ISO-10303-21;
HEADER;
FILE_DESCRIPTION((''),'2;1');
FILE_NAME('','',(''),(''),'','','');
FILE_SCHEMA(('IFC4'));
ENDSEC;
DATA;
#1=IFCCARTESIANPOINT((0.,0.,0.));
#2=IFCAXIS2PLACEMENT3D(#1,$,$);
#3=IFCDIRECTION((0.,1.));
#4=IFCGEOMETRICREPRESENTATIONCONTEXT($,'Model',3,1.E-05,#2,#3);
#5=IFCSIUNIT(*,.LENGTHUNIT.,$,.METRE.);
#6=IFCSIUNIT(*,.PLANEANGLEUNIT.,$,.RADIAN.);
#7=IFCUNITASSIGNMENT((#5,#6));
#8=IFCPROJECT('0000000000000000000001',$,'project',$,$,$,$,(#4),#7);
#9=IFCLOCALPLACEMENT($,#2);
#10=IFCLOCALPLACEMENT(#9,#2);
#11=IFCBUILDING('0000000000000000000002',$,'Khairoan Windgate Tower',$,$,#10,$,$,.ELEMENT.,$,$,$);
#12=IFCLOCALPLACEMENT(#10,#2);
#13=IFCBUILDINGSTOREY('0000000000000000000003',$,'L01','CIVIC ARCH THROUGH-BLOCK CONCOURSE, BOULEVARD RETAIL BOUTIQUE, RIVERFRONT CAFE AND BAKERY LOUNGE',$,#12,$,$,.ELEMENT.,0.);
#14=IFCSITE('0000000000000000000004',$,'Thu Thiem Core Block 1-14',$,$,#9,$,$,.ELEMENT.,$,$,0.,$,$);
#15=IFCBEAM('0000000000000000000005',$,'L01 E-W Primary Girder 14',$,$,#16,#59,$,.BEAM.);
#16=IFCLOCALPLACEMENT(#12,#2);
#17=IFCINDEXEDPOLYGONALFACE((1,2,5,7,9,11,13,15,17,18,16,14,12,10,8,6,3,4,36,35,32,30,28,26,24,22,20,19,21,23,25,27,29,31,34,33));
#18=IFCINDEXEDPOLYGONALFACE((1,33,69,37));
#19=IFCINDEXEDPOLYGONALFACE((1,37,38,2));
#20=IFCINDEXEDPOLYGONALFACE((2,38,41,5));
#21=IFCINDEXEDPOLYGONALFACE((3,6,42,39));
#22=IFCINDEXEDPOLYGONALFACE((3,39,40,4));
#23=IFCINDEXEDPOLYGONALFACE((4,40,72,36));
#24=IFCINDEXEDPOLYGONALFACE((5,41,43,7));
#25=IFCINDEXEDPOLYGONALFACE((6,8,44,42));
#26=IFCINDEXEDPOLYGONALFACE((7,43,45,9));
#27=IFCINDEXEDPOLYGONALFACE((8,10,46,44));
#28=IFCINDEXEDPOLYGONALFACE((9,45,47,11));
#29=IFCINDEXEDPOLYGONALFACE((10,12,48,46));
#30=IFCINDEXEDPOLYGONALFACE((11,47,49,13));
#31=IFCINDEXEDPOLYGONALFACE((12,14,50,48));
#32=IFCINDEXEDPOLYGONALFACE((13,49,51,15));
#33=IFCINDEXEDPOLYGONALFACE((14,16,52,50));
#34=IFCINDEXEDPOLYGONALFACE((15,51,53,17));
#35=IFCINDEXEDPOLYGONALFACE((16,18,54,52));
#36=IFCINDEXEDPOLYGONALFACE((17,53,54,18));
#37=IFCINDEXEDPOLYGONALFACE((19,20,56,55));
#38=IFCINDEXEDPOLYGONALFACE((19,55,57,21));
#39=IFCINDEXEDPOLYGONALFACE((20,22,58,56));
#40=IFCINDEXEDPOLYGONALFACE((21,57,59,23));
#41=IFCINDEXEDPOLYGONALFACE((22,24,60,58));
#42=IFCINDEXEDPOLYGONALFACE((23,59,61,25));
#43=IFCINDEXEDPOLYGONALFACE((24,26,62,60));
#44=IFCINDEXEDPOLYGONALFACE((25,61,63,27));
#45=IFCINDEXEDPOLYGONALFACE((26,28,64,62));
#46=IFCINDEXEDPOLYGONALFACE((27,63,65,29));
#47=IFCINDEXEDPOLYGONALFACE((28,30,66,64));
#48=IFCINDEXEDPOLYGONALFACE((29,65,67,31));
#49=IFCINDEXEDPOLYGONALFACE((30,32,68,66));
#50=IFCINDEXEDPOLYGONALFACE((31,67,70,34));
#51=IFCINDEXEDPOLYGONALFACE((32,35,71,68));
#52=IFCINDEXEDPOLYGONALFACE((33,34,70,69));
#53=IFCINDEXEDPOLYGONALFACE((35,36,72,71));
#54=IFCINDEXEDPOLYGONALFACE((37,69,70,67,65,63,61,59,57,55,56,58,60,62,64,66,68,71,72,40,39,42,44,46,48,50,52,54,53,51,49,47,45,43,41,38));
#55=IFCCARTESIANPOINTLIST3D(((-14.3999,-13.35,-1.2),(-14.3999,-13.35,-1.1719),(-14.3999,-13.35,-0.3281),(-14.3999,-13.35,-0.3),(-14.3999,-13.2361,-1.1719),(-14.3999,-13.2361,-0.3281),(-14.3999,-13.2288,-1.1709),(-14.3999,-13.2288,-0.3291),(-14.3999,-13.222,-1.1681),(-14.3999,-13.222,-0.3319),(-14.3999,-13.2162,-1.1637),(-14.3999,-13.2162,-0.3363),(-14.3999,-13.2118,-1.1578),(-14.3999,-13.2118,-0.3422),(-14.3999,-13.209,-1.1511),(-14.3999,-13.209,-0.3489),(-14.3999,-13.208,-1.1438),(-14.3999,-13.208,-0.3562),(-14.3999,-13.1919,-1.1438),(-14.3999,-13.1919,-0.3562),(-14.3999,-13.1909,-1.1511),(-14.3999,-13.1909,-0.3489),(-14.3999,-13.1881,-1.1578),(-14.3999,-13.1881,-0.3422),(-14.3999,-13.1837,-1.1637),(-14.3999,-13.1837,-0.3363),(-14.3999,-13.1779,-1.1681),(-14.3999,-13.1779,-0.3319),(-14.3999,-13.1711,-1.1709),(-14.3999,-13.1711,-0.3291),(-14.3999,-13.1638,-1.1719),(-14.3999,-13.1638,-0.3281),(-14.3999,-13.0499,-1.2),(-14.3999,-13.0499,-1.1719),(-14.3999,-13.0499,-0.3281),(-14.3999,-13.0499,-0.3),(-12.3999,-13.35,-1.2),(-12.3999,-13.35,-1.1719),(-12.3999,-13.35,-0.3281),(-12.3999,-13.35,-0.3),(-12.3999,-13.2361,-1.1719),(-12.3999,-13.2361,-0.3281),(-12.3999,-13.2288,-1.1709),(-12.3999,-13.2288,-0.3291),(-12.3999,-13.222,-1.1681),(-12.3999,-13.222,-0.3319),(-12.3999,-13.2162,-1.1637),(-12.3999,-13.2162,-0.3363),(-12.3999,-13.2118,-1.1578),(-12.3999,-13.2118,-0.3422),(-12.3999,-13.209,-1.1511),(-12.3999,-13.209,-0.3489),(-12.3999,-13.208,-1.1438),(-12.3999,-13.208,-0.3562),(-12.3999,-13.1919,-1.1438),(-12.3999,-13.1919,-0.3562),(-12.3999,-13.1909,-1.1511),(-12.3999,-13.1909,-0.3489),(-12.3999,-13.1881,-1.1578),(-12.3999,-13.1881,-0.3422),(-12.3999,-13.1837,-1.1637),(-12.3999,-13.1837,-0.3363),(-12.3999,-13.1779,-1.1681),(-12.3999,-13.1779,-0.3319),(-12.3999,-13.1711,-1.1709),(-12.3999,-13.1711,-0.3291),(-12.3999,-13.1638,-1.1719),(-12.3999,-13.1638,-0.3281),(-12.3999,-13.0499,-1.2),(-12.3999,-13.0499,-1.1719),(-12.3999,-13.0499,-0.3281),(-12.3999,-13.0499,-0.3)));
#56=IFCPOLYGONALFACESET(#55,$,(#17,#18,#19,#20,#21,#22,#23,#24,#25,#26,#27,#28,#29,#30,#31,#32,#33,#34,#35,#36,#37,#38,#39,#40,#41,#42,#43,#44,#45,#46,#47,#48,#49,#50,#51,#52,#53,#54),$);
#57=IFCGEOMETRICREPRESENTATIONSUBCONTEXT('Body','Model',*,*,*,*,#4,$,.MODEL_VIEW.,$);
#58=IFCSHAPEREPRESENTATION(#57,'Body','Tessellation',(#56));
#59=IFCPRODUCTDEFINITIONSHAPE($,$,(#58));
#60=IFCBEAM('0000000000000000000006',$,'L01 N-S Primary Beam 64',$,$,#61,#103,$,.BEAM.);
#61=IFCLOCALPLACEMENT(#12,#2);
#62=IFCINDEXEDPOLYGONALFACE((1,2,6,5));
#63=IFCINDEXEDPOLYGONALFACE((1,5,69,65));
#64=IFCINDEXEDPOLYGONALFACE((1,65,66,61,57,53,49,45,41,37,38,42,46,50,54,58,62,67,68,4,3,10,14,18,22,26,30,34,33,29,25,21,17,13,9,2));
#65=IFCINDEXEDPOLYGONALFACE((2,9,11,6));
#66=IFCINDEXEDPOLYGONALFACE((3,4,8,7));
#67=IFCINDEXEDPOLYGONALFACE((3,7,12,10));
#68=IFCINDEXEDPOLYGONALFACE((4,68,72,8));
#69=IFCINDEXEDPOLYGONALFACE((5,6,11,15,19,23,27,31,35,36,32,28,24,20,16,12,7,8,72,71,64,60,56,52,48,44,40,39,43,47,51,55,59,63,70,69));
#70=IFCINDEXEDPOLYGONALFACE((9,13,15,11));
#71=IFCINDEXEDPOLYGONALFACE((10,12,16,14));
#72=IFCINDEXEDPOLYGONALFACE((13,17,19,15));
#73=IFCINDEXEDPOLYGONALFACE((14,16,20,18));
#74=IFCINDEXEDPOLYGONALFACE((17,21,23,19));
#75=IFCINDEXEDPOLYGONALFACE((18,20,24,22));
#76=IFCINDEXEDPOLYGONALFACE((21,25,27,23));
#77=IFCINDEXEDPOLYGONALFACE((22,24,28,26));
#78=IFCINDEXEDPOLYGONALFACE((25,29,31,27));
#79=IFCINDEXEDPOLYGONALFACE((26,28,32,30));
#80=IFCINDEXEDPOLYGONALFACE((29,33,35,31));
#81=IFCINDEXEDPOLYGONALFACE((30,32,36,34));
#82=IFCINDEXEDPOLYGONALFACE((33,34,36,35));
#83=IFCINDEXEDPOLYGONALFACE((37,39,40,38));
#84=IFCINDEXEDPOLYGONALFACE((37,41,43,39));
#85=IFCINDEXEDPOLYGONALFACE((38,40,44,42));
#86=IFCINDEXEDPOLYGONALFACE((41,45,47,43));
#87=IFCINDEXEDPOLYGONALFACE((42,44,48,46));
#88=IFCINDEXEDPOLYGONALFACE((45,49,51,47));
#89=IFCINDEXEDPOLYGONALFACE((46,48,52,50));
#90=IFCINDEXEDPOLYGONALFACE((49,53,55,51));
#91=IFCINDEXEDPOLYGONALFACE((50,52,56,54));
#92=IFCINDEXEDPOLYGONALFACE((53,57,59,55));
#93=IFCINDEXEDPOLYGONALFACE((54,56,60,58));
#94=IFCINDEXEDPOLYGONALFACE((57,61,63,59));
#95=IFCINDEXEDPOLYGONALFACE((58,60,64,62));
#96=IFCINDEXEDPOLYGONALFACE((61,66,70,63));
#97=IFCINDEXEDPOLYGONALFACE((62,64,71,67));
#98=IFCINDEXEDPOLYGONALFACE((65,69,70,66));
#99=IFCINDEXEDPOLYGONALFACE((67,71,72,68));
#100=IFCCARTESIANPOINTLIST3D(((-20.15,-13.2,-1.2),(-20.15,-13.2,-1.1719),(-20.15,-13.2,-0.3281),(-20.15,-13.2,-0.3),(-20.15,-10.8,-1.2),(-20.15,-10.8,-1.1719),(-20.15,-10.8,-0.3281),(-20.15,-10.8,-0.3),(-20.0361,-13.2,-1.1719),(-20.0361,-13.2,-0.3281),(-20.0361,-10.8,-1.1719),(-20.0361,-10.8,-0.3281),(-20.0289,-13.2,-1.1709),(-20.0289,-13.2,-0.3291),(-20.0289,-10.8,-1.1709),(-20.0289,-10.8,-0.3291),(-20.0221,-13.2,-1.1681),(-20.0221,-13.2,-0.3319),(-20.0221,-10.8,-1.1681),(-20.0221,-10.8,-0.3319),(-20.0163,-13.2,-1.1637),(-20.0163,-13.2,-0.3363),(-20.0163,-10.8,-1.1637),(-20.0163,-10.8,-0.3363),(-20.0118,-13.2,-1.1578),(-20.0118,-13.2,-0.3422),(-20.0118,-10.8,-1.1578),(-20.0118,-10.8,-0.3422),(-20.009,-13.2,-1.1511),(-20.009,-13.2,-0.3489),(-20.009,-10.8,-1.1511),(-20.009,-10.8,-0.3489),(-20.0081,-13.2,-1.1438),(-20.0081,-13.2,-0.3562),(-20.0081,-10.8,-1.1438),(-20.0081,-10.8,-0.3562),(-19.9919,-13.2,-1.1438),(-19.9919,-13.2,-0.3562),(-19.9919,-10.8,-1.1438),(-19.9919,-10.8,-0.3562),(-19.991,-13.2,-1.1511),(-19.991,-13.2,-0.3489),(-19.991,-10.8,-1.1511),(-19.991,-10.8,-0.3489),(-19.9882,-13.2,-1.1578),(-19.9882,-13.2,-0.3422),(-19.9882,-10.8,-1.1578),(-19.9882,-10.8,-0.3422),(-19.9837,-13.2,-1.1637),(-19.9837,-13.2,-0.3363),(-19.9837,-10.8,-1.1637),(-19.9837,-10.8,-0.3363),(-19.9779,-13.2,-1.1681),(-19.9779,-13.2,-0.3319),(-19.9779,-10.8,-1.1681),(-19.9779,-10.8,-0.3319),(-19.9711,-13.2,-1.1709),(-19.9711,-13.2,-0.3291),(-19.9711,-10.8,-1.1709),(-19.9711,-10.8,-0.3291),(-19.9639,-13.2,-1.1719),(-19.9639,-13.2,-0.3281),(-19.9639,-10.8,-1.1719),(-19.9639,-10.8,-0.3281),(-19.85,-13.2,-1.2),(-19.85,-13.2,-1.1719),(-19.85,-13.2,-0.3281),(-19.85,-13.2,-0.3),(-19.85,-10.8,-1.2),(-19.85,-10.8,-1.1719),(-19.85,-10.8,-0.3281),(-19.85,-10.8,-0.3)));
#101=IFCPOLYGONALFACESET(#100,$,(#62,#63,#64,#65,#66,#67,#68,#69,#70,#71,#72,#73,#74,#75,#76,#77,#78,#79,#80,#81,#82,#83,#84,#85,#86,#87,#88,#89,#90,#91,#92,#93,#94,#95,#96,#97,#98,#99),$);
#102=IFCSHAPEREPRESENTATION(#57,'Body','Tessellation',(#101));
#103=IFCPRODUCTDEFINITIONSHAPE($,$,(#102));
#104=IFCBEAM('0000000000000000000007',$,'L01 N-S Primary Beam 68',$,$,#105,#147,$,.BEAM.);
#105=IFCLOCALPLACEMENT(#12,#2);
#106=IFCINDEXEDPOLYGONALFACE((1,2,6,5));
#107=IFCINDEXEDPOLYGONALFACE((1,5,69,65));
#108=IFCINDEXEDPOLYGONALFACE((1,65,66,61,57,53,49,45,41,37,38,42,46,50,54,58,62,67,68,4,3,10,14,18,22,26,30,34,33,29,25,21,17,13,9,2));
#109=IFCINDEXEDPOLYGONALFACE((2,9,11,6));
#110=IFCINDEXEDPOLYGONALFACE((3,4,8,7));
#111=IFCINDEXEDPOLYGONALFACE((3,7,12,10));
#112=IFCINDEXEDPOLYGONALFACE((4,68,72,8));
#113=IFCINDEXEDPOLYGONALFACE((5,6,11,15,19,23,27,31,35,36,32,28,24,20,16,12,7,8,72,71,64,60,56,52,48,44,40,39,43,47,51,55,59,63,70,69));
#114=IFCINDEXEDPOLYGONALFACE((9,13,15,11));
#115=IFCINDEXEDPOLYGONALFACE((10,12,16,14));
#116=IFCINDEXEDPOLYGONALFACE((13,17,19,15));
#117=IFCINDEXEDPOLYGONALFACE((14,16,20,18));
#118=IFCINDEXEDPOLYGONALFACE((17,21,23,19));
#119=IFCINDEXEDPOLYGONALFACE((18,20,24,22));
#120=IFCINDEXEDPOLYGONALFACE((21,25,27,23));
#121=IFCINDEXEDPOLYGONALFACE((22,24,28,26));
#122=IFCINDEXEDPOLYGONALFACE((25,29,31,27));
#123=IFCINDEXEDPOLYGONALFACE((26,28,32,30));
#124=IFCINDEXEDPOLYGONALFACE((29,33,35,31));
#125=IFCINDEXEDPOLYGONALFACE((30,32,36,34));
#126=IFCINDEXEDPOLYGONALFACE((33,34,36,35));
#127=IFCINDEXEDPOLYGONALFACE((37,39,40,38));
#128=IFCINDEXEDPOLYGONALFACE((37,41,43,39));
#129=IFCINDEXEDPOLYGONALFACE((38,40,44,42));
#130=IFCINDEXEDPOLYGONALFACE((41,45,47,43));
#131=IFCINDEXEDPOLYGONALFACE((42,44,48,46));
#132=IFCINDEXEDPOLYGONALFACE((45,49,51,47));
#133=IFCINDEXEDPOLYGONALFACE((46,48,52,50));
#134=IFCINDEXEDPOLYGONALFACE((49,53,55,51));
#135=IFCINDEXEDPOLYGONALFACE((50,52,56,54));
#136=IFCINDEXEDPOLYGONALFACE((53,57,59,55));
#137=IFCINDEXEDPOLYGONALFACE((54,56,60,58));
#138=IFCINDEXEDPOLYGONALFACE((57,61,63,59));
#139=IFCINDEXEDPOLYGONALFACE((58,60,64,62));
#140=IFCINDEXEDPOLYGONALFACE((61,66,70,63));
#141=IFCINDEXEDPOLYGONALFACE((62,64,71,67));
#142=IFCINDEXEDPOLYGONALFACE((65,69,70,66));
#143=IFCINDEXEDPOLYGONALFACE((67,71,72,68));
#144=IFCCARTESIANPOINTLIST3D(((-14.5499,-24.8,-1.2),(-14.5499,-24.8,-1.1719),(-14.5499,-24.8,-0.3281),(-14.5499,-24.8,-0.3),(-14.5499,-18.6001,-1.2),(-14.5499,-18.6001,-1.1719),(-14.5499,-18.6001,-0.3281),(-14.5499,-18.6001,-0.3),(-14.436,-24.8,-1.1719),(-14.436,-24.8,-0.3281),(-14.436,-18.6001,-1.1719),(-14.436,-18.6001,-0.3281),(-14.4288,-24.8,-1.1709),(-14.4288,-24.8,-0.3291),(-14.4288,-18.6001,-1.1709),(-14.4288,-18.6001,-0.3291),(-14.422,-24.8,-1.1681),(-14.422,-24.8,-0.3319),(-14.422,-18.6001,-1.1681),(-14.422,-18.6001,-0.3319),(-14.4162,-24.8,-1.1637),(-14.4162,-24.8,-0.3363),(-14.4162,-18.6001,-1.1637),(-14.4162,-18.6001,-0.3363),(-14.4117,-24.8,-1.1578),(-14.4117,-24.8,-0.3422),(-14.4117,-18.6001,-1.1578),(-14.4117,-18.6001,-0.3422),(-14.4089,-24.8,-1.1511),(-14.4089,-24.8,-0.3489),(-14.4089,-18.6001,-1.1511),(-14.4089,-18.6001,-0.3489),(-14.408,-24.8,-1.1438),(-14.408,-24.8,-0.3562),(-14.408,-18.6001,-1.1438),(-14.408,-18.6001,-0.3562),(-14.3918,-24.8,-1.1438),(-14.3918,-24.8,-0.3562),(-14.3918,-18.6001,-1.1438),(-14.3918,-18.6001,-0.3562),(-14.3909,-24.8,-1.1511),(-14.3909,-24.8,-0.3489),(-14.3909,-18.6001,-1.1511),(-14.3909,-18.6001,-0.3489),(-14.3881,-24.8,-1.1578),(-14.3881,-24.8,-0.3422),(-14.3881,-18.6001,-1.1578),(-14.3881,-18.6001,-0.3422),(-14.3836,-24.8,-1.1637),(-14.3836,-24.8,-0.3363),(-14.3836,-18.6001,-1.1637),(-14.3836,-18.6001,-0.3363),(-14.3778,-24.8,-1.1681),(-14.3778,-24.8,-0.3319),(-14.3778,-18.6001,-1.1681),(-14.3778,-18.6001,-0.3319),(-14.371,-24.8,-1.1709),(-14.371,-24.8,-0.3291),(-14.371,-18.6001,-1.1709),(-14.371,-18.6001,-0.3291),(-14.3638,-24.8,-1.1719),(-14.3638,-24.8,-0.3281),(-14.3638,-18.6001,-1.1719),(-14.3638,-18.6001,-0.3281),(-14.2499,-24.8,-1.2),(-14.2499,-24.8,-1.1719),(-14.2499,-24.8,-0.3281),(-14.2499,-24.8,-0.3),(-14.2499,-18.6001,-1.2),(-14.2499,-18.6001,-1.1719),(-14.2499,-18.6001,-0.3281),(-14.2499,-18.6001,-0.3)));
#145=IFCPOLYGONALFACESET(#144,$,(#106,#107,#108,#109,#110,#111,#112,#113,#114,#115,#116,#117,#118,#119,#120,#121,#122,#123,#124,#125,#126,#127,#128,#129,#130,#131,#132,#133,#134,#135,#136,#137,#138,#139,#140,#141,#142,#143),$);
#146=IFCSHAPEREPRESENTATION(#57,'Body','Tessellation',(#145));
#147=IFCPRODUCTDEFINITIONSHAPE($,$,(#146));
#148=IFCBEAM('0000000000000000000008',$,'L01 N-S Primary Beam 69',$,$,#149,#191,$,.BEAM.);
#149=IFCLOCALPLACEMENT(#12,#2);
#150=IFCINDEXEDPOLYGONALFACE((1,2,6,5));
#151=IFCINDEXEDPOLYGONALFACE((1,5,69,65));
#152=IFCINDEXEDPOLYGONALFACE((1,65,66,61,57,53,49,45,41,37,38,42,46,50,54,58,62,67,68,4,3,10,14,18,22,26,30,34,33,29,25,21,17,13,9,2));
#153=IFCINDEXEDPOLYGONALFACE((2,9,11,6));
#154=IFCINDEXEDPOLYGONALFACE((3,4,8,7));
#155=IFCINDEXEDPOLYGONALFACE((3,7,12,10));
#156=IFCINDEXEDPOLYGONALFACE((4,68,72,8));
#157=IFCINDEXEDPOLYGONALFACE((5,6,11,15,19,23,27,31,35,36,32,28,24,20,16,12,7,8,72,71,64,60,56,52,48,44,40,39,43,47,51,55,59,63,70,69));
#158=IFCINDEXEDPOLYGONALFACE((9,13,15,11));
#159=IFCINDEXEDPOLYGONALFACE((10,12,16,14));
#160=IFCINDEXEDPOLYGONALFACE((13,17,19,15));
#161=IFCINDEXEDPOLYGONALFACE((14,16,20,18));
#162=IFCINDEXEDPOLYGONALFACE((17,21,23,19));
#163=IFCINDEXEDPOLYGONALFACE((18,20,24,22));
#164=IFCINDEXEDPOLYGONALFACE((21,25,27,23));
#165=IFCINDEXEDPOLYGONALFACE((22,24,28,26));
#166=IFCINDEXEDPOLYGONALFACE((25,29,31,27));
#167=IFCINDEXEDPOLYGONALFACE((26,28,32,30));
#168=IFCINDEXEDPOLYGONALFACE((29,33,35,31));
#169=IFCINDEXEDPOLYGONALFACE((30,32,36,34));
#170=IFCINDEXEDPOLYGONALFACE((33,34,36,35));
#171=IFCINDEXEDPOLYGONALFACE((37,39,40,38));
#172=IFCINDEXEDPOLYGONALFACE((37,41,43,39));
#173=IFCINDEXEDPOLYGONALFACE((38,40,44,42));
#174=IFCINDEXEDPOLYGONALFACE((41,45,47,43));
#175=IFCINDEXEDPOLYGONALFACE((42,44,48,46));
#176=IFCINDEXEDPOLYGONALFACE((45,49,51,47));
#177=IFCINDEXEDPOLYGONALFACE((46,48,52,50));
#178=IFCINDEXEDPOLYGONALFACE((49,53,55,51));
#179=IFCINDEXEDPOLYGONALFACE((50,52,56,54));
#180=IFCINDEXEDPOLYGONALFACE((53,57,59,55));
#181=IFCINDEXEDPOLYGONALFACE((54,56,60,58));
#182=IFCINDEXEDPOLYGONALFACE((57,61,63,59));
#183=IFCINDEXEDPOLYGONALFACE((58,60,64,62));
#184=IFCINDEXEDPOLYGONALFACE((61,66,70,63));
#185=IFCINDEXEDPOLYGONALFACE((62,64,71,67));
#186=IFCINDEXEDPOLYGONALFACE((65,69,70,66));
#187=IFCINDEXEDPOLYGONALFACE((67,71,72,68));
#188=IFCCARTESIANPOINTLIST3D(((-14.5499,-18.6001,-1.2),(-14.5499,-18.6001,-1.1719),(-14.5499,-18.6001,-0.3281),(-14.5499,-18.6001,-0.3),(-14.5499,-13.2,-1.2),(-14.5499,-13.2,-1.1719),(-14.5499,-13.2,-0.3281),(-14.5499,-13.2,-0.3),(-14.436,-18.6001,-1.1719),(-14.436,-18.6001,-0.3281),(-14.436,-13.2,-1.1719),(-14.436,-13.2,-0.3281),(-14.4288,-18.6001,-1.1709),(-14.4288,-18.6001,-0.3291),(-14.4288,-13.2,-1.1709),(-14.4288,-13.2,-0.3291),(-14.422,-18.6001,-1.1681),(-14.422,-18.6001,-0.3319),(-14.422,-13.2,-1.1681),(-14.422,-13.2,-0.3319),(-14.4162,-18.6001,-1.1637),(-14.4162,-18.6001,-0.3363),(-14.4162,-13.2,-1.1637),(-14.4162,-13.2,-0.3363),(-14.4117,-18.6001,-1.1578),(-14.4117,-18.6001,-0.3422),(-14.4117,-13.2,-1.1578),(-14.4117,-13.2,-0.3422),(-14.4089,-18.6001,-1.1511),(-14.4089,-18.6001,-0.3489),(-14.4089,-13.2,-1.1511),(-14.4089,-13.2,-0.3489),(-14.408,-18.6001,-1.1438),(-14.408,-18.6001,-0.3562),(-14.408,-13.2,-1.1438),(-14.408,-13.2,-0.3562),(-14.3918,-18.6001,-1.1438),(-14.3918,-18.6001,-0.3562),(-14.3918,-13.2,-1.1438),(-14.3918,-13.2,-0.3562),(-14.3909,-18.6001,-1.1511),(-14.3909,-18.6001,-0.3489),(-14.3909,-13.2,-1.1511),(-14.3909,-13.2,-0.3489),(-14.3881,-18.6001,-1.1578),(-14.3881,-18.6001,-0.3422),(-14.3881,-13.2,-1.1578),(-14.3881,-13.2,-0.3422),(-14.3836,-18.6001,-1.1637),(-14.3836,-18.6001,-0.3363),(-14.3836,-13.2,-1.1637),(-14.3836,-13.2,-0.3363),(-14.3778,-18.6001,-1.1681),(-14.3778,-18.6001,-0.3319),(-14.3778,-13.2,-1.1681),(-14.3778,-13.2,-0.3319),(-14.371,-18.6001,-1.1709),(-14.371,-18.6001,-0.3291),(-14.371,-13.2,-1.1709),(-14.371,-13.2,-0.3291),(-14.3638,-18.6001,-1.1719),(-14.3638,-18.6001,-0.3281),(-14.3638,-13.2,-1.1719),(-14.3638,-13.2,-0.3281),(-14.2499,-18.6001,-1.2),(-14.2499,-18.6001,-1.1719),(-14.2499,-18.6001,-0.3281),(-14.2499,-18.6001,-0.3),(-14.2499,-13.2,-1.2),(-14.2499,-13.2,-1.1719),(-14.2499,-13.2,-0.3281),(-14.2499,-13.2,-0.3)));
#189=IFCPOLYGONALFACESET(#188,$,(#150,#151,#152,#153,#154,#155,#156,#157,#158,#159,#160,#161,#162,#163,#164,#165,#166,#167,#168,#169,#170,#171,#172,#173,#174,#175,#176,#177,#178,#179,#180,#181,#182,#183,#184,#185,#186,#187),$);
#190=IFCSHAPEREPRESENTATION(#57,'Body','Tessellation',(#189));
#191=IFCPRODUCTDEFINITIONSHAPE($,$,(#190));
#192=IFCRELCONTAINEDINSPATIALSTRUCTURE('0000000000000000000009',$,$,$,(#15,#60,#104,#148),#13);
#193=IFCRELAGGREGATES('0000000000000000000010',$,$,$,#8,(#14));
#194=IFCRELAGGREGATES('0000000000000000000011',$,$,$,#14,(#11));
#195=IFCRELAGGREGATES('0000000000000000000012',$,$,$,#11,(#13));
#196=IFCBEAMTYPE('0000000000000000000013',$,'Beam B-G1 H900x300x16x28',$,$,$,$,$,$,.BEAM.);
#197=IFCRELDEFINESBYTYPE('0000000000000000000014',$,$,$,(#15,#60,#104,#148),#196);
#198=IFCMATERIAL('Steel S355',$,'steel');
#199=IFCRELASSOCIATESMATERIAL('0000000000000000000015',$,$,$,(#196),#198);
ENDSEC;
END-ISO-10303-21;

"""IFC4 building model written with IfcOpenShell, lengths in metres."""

from ifc_helpers import new_model, si_unit, direction, frame, origin, origin_2d, place, context, subcontext, project, spatial, i_section, extrude, material, material_profile, profile_set, type_object, element, save


model = new_model("IFC4")

# Units and contexts
model_context = context("Model", 3, precision=1e-05, world=origin(), true_north=direction((0.0, 1.0)))
body_context = subcontext(model_context, "Body", "Model", "MODEL_VIEW")
ifc_project = project(units=[si_unit("LENGTHUNIT", "METRE"), si_unit("PLANEANGLEUNIT", "RADIAN")], contexts=[model_context])

# Site, building, storey
site_placement = place(None, origin())
site = spatial("IfcSite", under=ifc_project, at=site_placement, Name="Thu Thiem Core Block 1-14", CompositionType="ELEMENT", RefElevation=0.0)
building_placement = place(site_placement, origin())
building = spatial("IfcBuilding", under=site, at=building_placement, Name="Khairoan Windgate Tower", CompositionType="ELEMENT")
storey_placement = place(building_placement, origin())
storey = spatial("IfcBuildingStorey", under=building, at=storey_placement, Name="L01", Description="CIVIC ARCH THROUGH-BLOCK CONCOURSE, BOULEVARD RETAIL BOUTIQUE, RIVERFRONT CAFE AND BAKERY LOUNGE", CompositionType="ELEMENT", Elevation=0.0)

# Beams
ifc_material_1 = material(Name="Steel S355", Category="steel")
ifc_material_profile_1 = material_profile(ifc_material_1, i_section(OverallWidth=0.3, OverallDepth=0.8999, WebThickness=0.0161, FlangeThickness=0.0281, FilletRadius=0.0281, at=origin_2d()))
ifc_profile_set_1 = profile_set([ifc_material_profile_1], Name="Steel S355")
beam_type_1 = type_object("IfcBeamType", Name="Beam B-G1 H900x300x16x28", PredefinedType="BEAM", material=ifc_profile_set_1)
beam_1_placement = place(storey_placement, frame((-14.3999, -13.2, -0.75), z_axis=(1.0, 0.0, 0.0), x_axis=(0.0, 1.0, 0.0)))
element("IfcBeam", 1, at=beam_1_placement, inside=storey, type_object=beam_type_1, Name="L01 E-W Primary Girder 14", PredefinedType="BEAM", context=body_context, shape_type="SweptSolid", body=[
    extrude(i_section(OverallWidth=0.3, OverallDepth=0.8999, WebThickness=0.0161, FlangeThickness=0.0281, FilletRadius=0.0281, at=origin_2d()), origin(), (0.0, 0.0, 1.0), 2.0),
])
beam_2_placement = place(storey_placement, frame((-20.0, -13.2, -0.75), z_axis=(0.0, 1.0, 0.0), x_axis=(-1.0, 0.0, 0.0)))
element("IfcBeam", 2, at=beam_2_placement, inside=storey, type_object=beam_type_1, Name="L01 N-S Primary Beam 64", PredefinedType="BEAM", context=body_context, shape_type="SweptSolid", body=[
    extrude(i_section(OverallWidth=0.3, OverallDepth=0.8999, WebThickness=0.0161, FlangeThickness=0.0281, FilletRadius=0.0281, at=origin_2d()), origin(), (0.0, 0.0, 1.0), 2.3999),
])
beam_3_placement = place(storey_placement, frame((-14.3999, -24.8, -0.75), z_axis=(0.0, 1.0, 0.0), x_axis=(-1.0, 0.0, 0.0)))
element("IfcBeam", 3, at=beam_3_placement, inside=storey, type_object=beam_type_1, Name="L01 N-S Primary Beam 68", PredefinedType="BEAM", context=body_context, shape_type="SweptSolid", body=[
    extrude(i_section(OverallWidth=0.3, OverallDepth=0.8999, WebThickness=0.0161, FlangeThickness=0.0281, FilletRadius=0.0281, at=origin_2d()), origin(), (0.0, 0.0, 1.0), 6.2),
])
beam_4_placement = place(storey_placement, frame((-14.3999, -18.6001, -0.75), z_axis=(0.0, 1.0, 0.0), x_axis=(-1.0, 0.0, 0.0)))
element("IfcBeam", 4, at=beam_4_placement, inside=storey, type_object=beam_type_1, Name="L01 N-S Primary Beam 69", PredefinedType="BEAM", context=body_context, shape_type="SweptSolid", body=[
    extrude(i_section(OverallWidth=0.3, OverallDepth=0.8999, WebThickness=0.0161, FlangeThickness=0.0281, FilletRadius=0.0281, at=origin_2d()), origin(), (0.0, 0.0, 1.0), 5.4001),
])

save(model, "model.ifc")
